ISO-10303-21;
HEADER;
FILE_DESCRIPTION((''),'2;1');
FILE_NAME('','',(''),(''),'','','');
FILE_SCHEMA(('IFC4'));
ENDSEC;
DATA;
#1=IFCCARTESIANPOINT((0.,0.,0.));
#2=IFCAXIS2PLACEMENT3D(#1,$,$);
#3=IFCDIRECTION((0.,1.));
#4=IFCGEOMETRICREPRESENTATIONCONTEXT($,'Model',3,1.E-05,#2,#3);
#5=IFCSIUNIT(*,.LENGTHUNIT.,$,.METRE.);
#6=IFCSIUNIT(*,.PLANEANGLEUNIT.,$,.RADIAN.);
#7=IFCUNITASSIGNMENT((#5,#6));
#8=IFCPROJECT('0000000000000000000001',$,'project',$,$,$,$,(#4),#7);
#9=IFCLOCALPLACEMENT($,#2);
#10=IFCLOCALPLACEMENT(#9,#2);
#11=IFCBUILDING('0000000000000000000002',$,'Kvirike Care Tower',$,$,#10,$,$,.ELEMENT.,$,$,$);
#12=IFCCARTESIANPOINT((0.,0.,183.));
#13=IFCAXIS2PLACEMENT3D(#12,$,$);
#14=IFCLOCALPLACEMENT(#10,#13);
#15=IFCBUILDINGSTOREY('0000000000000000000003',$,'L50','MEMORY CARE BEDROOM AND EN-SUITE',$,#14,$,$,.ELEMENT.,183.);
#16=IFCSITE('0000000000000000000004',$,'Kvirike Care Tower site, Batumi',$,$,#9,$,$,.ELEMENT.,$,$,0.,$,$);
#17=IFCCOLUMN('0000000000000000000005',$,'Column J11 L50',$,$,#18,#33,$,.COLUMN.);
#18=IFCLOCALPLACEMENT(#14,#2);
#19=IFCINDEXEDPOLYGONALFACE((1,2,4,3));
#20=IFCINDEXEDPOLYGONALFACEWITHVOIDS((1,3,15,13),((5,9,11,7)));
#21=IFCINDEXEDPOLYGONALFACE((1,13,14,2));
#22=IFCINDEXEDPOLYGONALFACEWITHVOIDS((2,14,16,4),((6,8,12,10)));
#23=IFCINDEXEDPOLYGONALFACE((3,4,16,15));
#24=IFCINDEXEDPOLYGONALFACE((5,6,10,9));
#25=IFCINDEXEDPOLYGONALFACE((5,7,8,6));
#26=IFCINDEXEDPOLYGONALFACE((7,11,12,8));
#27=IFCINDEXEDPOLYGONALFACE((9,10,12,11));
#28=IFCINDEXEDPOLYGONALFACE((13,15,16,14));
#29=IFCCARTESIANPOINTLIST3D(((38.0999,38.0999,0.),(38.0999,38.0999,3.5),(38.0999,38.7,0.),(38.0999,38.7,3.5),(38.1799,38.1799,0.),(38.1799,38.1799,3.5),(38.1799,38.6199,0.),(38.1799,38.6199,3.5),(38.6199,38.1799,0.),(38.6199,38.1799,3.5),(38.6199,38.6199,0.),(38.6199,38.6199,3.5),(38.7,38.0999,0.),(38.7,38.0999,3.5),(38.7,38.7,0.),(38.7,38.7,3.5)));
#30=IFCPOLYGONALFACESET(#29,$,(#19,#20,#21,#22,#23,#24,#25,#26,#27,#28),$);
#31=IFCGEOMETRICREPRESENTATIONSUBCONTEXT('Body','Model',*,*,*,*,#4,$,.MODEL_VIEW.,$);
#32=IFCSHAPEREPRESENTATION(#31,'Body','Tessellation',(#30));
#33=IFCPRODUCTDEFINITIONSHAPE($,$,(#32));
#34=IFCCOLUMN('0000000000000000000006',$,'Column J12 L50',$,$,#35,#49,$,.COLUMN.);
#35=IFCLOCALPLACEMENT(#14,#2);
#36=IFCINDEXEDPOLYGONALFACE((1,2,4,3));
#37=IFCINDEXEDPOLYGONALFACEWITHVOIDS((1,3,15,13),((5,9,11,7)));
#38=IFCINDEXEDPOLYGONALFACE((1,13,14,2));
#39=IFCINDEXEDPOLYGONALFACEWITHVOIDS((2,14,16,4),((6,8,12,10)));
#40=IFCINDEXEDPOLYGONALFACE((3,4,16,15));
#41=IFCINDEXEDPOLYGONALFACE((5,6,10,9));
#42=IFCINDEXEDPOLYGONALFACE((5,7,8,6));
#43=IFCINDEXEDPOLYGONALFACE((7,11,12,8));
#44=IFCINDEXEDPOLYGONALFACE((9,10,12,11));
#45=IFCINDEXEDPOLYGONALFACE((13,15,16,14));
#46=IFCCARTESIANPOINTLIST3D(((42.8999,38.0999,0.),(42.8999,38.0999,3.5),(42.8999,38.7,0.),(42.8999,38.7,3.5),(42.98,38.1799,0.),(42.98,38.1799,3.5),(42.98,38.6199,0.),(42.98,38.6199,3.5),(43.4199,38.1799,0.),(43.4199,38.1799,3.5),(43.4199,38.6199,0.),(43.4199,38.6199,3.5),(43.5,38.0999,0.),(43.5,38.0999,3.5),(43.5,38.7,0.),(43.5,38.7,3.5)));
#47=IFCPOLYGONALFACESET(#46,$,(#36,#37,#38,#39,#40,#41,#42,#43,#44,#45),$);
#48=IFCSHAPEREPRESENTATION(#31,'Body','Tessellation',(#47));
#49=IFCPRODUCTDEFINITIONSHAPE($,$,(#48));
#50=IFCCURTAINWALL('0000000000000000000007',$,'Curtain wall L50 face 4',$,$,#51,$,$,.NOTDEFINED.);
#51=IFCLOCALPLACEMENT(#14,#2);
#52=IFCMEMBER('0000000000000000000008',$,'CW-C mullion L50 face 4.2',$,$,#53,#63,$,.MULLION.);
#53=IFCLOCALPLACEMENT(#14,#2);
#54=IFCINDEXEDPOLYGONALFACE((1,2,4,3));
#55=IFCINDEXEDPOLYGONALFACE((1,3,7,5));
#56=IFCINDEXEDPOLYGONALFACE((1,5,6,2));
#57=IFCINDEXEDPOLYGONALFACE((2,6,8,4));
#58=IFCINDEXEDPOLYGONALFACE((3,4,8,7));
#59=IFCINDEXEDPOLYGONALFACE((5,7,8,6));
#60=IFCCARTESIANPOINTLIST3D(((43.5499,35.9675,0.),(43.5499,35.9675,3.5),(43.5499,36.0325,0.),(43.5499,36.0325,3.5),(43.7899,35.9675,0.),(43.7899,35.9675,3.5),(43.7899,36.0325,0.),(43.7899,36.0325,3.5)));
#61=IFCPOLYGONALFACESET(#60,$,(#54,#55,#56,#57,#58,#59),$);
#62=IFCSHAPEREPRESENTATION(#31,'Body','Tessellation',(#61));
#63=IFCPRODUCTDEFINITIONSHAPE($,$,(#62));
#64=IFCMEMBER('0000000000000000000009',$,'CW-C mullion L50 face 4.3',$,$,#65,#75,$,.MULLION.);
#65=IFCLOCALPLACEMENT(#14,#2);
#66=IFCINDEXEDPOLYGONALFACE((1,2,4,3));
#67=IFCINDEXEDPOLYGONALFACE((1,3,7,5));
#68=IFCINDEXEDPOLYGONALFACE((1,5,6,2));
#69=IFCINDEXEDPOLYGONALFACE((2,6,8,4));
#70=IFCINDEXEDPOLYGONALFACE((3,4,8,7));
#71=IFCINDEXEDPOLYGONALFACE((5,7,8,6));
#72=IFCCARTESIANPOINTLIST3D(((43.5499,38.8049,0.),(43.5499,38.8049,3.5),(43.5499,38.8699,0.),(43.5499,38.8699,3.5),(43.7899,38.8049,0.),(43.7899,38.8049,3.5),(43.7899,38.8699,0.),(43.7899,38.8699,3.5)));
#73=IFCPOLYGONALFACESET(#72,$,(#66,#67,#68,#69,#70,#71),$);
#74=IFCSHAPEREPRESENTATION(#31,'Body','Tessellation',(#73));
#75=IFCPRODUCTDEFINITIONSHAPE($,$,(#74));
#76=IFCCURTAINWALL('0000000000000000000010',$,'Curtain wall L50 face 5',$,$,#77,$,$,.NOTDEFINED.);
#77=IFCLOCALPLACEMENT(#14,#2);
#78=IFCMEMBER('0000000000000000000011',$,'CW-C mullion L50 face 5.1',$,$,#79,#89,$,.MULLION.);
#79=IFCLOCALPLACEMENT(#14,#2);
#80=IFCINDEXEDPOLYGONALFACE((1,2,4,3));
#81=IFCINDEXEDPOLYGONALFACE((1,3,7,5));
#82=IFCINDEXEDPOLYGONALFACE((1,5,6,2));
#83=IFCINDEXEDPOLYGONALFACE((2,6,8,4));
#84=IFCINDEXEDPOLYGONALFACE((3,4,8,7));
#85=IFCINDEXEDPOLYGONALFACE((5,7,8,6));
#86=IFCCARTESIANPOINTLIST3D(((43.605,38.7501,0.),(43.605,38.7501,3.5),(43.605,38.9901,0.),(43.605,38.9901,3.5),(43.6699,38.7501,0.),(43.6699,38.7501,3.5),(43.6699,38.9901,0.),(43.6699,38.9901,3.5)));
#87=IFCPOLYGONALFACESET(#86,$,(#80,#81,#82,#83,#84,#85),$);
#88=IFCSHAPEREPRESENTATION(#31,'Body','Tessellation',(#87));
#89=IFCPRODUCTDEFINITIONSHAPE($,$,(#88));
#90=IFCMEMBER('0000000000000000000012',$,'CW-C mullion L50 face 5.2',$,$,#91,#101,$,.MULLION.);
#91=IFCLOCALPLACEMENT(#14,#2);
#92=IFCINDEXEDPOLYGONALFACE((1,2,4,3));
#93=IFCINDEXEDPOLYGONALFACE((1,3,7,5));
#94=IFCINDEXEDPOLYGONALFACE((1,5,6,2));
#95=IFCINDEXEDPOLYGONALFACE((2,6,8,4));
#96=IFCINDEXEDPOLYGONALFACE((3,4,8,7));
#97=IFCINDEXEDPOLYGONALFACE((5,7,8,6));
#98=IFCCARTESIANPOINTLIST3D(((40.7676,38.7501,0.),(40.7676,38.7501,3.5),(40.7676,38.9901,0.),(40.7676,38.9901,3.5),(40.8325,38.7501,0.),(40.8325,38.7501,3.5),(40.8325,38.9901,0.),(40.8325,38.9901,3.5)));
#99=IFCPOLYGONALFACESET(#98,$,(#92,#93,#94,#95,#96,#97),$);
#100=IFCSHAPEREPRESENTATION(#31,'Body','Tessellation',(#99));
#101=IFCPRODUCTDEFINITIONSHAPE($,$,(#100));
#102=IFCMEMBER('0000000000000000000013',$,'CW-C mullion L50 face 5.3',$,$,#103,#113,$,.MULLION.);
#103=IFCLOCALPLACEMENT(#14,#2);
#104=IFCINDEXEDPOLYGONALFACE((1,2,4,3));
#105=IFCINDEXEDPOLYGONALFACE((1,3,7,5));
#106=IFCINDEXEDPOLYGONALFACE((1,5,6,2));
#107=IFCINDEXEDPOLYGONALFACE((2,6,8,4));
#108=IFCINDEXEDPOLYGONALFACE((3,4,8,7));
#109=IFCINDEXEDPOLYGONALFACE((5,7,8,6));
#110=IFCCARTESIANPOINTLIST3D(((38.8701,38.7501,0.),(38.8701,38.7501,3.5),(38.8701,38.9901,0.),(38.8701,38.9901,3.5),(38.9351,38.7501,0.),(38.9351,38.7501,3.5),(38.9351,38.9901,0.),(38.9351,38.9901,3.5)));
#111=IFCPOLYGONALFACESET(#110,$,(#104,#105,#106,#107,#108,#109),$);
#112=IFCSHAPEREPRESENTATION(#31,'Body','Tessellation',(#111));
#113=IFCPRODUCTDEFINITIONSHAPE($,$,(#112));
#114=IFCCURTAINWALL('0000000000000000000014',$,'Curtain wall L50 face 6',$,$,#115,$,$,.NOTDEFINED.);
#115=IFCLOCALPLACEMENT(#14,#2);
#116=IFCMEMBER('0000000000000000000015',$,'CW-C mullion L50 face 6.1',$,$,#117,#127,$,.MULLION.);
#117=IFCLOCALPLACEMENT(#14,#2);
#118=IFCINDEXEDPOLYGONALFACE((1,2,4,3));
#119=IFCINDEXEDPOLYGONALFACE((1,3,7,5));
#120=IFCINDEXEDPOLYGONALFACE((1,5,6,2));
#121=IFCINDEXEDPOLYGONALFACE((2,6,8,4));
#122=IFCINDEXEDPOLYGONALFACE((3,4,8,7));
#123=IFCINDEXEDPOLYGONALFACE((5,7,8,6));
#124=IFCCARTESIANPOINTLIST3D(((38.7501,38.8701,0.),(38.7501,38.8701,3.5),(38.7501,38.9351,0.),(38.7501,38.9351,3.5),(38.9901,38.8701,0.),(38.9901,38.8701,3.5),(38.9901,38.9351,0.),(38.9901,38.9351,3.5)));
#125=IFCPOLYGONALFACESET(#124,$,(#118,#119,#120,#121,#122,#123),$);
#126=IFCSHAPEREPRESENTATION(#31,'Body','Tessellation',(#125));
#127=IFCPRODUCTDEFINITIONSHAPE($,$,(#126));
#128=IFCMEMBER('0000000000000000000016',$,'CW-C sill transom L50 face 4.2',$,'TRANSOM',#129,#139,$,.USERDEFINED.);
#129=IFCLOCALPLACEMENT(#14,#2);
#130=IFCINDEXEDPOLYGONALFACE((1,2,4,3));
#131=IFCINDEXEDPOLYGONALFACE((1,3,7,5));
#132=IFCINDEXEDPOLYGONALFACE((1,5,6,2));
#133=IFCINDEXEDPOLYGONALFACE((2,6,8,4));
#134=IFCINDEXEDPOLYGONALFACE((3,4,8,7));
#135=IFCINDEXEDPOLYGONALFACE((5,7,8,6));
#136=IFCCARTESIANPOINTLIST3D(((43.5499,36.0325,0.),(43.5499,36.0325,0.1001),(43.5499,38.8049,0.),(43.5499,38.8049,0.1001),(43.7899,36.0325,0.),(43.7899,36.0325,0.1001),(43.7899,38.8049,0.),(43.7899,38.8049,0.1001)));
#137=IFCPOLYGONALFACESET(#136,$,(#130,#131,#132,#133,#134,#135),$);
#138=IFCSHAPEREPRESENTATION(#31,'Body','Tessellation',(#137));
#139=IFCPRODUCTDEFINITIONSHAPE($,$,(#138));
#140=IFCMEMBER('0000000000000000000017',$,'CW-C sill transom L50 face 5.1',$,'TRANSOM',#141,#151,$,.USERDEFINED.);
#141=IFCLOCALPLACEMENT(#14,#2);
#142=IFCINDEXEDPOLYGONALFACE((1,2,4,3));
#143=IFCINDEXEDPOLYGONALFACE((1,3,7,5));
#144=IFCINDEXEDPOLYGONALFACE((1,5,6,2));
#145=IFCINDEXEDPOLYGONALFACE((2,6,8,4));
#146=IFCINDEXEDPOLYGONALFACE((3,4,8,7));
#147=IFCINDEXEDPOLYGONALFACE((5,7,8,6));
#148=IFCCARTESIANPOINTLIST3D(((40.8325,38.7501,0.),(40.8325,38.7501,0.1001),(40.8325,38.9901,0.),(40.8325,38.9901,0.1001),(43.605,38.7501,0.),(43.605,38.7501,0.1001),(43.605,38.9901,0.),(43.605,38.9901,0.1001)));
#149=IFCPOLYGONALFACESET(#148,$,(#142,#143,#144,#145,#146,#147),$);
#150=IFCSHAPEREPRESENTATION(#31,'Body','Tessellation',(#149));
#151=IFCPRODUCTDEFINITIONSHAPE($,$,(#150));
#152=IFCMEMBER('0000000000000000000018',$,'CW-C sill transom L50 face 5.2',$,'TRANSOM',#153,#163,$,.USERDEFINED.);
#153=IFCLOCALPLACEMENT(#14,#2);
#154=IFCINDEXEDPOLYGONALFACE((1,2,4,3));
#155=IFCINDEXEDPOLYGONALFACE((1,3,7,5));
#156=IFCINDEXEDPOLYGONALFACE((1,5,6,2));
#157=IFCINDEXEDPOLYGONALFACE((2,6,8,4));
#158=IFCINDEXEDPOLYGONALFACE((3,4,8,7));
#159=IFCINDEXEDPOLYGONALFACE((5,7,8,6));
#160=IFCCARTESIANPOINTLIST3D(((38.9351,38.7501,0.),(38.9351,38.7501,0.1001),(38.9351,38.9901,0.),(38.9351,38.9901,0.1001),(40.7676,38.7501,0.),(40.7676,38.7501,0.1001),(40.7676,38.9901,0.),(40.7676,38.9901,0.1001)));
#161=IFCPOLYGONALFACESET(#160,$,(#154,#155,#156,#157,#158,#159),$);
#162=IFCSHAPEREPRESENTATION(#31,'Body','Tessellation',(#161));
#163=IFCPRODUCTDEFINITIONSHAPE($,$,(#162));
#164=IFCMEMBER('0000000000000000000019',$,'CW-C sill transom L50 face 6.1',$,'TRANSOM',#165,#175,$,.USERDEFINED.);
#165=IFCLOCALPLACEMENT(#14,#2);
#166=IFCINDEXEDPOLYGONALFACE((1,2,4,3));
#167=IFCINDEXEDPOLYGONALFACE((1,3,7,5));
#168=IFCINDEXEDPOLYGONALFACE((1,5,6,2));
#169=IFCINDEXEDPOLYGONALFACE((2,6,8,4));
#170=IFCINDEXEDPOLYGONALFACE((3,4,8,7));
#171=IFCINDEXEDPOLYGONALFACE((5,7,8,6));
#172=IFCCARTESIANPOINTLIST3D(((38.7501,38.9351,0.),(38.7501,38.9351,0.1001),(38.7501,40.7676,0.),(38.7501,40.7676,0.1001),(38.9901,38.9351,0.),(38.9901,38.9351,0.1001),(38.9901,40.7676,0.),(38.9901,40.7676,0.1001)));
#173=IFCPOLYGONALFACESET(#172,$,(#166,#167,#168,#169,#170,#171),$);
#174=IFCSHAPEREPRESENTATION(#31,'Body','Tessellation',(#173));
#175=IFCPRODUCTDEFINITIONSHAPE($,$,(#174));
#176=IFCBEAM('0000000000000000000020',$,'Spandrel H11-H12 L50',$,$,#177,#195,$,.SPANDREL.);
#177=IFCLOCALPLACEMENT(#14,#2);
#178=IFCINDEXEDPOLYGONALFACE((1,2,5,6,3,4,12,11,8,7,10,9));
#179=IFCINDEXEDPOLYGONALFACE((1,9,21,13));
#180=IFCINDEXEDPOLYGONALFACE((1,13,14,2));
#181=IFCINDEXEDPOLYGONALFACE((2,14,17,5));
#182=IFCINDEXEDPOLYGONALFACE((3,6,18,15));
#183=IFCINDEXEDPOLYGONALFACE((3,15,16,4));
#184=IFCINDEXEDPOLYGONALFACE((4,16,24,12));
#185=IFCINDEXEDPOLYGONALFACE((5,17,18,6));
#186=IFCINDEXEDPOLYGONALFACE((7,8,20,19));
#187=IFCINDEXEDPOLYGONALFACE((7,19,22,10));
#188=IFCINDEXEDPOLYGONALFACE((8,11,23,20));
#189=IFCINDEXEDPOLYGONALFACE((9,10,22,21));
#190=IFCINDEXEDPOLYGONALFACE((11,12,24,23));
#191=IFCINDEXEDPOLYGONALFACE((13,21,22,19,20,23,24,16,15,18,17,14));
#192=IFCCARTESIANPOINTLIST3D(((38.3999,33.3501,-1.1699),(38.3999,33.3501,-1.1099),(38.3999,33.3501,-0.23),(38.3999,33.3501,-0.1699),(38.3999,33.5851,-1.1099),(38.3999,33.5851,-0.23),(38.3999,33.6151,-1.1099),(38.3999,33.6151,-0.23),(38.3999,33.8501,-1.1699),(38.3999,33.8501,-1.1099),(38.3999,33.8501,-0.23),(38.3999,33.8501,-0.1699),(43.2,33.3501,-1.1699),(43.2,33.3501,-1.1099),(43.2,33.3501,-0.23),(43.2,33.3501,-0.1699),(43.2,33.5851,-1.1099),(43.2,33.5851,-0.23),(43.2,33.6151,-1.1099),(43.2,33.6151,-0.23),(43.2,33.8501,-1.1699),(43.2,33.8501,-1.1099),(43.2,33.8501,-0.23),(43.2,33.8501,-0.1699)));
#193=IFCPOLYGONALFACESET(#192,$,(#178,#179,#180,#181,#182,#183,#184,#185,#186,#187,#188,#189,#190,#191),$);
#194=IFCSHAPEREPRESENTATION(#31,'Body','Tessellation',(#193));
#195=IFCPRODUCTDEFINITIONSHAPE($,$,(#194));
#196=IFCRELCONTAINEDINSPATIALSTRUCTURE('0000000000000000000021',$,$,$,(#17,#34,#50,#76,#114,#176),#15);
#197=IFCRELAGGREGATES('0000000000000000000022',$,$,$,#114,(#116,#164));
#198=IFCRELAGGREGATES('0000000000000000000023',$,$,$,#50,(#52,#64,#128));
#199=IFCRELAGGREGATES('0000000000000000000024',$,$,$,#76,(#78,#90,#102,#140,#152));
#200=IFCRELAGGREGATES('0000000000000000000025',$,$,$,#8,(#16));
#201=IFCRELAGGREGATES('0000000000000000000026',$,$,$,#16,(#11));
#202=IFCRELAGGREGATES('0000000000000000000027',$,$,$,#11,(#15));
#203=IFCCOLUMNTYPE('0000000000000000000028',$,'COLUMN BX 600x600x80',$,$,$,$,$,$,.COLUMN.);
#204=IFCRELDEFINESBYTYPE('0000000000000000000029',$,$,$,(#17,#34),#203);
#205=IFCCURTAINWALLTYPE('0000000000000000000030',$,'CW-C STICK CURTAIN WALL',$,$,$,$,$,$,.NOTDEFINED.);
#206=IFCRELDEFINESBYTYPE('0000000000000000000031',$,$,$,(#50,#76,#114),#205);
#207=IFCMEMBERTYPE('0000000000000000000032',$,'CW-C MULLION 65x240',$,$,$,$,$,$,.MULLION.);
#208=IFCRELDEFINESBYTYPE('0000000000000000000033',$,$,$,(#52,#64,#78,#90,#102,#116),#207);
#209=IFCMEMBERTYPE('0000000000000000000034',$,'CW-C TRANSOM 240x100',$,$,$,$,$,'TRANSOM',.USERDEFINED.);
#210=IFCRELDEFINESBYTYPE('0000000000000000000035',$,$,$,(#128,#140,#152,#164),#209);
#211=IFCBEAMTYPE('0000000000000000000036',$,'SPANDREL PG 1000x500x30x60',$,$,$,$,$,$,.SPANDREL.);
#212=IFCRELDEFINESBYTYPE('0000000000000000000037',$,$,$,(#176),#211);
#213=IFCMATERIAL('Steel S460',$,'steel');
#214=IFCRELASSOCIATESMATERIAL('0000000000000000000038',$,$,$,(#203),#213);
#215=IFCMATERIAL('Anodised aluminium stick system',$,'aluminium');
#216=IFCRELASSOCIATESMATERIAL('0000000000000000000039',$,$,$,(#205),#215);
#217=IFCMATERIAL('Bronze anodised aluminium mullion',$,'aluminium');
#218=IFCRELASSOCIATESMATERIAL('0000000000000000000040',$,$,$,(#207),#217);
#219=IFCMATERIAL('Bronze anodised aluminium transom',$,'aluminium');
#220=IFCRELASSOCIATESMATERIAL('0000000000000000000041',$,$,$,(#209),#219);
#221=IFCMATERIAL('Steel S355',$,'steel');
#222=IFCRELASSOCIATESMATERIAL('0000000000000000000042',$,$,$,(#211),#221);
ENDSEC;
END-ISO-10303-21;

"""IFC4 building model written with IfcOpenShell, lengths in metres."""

from ifc_helpers import new_model, si_unit, direction, frame, origin, origin_2d, place, context, subcontext, project, spatial, rectangle, hollow_rectangle, i_section, extrude, material, material_profile, profile_set, type_object, element, aggregate, save


model = new_model("IFC4")

# Units and contexts
model_context = context("Model", 3, precision=1e-05, world=origin(), true_north=direction((0.0, 1.0)))
body_context = subcontext(model_context, "Body", "Model", "MODEL_VIEW")
ifc_project = project(units=[si_unit("LENGTHUNIT", "METRE"), si_unit("PLANEANGLEUNIT", "RADIAN")], contexts=[model_context])

# Site, building, storey
site_placement = place(None, origin())
site = spatial("IfcSite", under=ifc_project, at=site_placement, Name="Kvirike Care Tower site, Batumi", CompositionType="ELEMENT", RefElevation=0.0)
building_placement = place(site_placement, origin())
building = spatial("IfcBuilding", under=site, at=building_placement, Name="Kvirike Care Tower", CompositionType="ELEMENT")
storey_placement = place(building_placement, frame((0.0, 0.0, 183.0)))
storey = spatial("IfcBuildingStorey", under=building, at=storey_placement, Name="L50", Description="MEMORY CARE BEDROOM AND EN-SUITE", CompositionType="ELEMENT", Elevation=183.0)

# Columns
ifc_material_1 = material(Name="Steel S460", Category="steel")
ifc_material_profile_1 = material_profile(ifc_material_1, hollow_rectangle(XDim=0.6001, YDim=0.6001, WallThickness=0.0801, at=origin_2d()), Name="BX 600x600x80")
ifc_profile_set_1 = profile_set([ifc_material_profile_1], Name="Steel S460")
column_type = type_object("IfcColumnType", Name="COLUMN BX 600x600x80", PredefinedType="COLUMN", material=ifc_profile_set_1)
for number, where, z_axis, x_axis, name in (
    (1, (38.3999, 38.3999, 0.0), (0.0, 0.0, 1.0), (0.0, 1.0, 0.0), "Column J11 L50"),
    (2, (43.2, 38.3999, 0.0), (0.0, 0.0, 1.0), (0.0, 1.0, 0.0), "Column J12 L50"),
):
    element("IfcColumn", number, at=place(storey_placement, frame(where, z_axis=z_axis, x_axis=x_axis)), inside=storey, type_object=column_type, Name=name, PredefinedType="COLUMN", context=body_context, shape_type="SweptSolid", body=[
        extrude(hollow_rectangle(XDim=0.6001, YDim=0.6001, WallThickness=0.0801, at=origin_2d()), origin(), (0.0, 0.0, 1.0), 3.5),
    ])

# Curtain walls, members
ifc_material_2 = material(Name="Anodised aluminium stick system", Category="aluminium")
curtain_wall_type = type_object("IfcCurtainWallType", Name="CW-C STICK CURTAIN WALL", PredefinedType="NOTDEFINED", material=ifc_material_2)
curtain_wall_1_placement = place(storey_placement, origin())
curtain_wall_1 = element("IfcCurtainWall", 3, at=curtain_wall_1_placement, inside=storey, type_object=curtain_wall_type, Name="Curtain wall L50 face 4", PredefinedType="NOTDEFINED")
ifc_material_3 = material(Name="Bronze anodised aluminium mullion", Category="aluminium")
ifc_material_profile_2 = material_profile(ifc_material_3, rectangle(XDim=0.0649, YDim=0.24, at=origin_2d()), Name="CW-C MULLION 65x240")
ifc_profile_set_2 = profile_set([ifc_material_profile_2], Name="Bronze anodised aluminium mullion")
member_type_1 = type_object("IfcMemberType", Name="CW-C MULLION 65x240", PredefinedType="MULLION", material=ifc_profile_set_2)
member_1_placement = place(storey_placement, frame((43.6699, 36.0, 0.0), z_axis=(0.0, 0.0, 1.0), x_axis=(0.0, 1.0, 0.0)))
member_1 = element("IfcMember", 4, at=member_1_placement, type_object=member_type_1, Name="CW-C mullion L50 face 4.2", PredefinedType="MULLION", context=body_context, shape_type="SweptSolid", body=[
    extrude(rectangle(XDim=0.0649, YDim=0.24, at=origin_2d()), origin(), (0.0, 0.0, 1.0), 3.5),
])
member_2_placement = place(storey_placement, frame((43.6699, 38.8374, 0.0), z_axis=(0.0, 0.0, 1.0), x_axis=(0.0, 1.0, 0.0)))
member_2 = element("IfcMember", 5, at=member_2_placement, type_object=member_type_1, Name="CW-C mullion L50 face 4.3", PredefinedType="MULLION", context=body_context, shape_type="SweptSolid", body=[
    extrude(rectangle(XDim=0.0649, YDim=0.24, at=origin_2d()), origin(), (0.0, 0.0, 1.0), 3.5),
])
curtain_wall_2_placement = place(storey_placement, origin())
curtain_wall_2 = element("IfcCurtainWall", 6, at=curtain_wall_2_placement, inside=storey, type_object=curtain_wall_type, Name="Curtain wall L50 face 5", PredefinedType="NOTDEFINED")
member_3_placement = place(storey_placement, frame((43.6375, 38.8701, 0.0), z_axis=(0.0, 0.0, 1.0), x_axis=(-1.0, 0.0, 0.0)))
member_3 = element("IfcMember", 7, at=member_3_placement, type_object=member_type_1, Name="CW-C mullion L50 face 5.1", PredefinedType="MULLION", context=body_context, shape_type="SweptSolid", body=[
    extrude(rectangle(XDim=0.0649, YDim=0.24, at=origin_2d()), origin(), (0.0, 0.0, 1.0), 3.5),
])
member_4_placement = place(storey_placement, frame((40.8, 38.8701, 0.0), z_axis=(0.0, 0.0, 1.0), x_axis=(-1.0, 0.0, 0.0)))
member_4 = element("IfcMember", 8, at=member_4_placement, type_object=member_type_1, Name="CW-C mullion L50 face 5.2", PredefinedType="MULLION", context=body_context, shape_type="SweptSolid", body=[
    extrude(rectangle(XDim=0.0649, YDim=0.24, at=origin_2d()), origin(), (0.0, 0.0, 1.0), 3.5),
])
member_5_placement = place(storey_placement, frame((38.9026, 38.8701, 0.0), z_axis=(0.0, 0.0, 1.0), x_axis=(-1.0, 0.0, 0.0)))
member_5 = element("IfcMember", 9, at=member_5_placement, type_object=member_type_1, Name="CW-C mullion L50 face 5.3", PredefinedType="MULLION", context=body_context, shape_type="SweptSolid", body=[
    extrude(rectangle(XDim=0.0649, YDim=0.24, at=origin_2d()), origin(), (0.0, 0.0, 1.0), 3.5),
])

# Curtain wall, member
curtain_wall_3_placement = place(storey_placement, origin())
curtain_wall_3 = element("IfcCurtainWall", 10, at=curtain_wall_3_placement, inside=storey, type_object=curtain_wall_type, Name="Curtain wall L50 face 6", PredefinedType="NOTDEFINED")
member_6_placement = place(storey_placement, frame((38.8701, 38.9026, 0.0), z_axis=(0.0, 0.0, 1.0), x_axis=(0.0, 1.0, 0.0)))
member_6 = element("IfcMember", 11, at=member_6_placement, type_object=member_type_1, Name="CW-C mullion L50 face 6.1", PredefinedType="MULLION", context=body_context, shape_type="SweptSolid", body=[
    extrude(rectangle(XDim=0.0649, YDim=0.24, at=origin_2d()), origin(), (0.0, 0.0, 1.0), 3.5),
])

# Members
ifc_material_4 = material(Name="Bronze anodised aluminium transom", Category="aluminium")
ifc_material_profile_3 = material_profile(ifc_material_4, rectangle(XDim=0.24, YDim=0.1001, at=origin_2d()), Name="CW-C TRANSOM 240x100")
ifc_profile_set_3 = profile_set([ifc_material_profile_3], Name="Bronze anodised aluminium transom")
member_type_2 = type_object("IfcMemberType", Name="CW-C TRANSOM 240x100", ElementType="TRANSOM", PredefinedType="USERDEFINED", material=ifc_profile_set_3)
member_7_placement = place(storey_placement, frame((43.6699, 36.0325, 0.05), z_axis=(0.0, 1.0, 0.0), x_axis=(-1.0, 0.0, 0.0)))
member_7 = element("IfcMember", 12, at=member_7_placement, type_object=member_type_2, Name="CW-C sill transom L50 face 4.2", ObjectType="TRANSOM", PredefinedType="USERDEFINED", context=body_context, shape_type="SweptSolid", body=[
    extrude(rectangle(XDim=0.24, YDim=0.1001, at=origin_2d()), origin(), (0.0, 0.0, 1.0), 2.7725),
])
member_8_placement = place(storey_placement, frame((43.605, 38.8701, 0.05), z_axis=(-1.0, 0.0, 0.0), x_axis=(0.0, -1.0, 0.0)))
member_8 = element("IfcMember", 13, at=member_8_placement, type_object=member_type_2, Name="CW-C sill transom L50 face 5.1", ObjectType="TRANSOM", PredefinedType="USERDEFINED", context=body_context, shape_type="SweptSolid", body=[
    extrude(rectangle(XDim=0.24, YDim=0.1001, at=origin_2d()), origin(), (0.0, 0.0, 1.0), 2.7725),
])
member_9_placement = place(storey_placement, frame((40.7676, 38.8701, 0.05), z_axis=(-1.0, 0.0, 0.0), x_axis=(0.0, -1.0, 0.0)))
member_9 = element("IfcMember", 14, at=member_9_placement, type_object=member_type_2, Name="CW-C sill transom L50 face 5.2", ObjectType="TRANSOM", PredefinedType="USERDEFINED", context=body_context, shape_type="SweptSolid", body=[
    extrude(rectangle(XDim=0.24, YDim=0.1001, at=origin_2d()), origin(), (0.0, 0.0, 1.0), 1.8325),
])
member_10_placement = place(storey_placement, frame((38.8701, 38.9351, 0.05), z_axis=(0.0, 1.0, 0.0), x_axis=(-1.0, 0.0, 0.0)))
member_10 = element("IfcMember", 15, at=member_10_placement, type_object=member_type_2, Name="CW-C sill transom L50 face 6.1", ObjectType="TRANSOM", PredefinedType="USERDEFINED", context=body_context, shape_type="SweptSolid", body=[
    extrude(rectangle(XDim=0.24, YDim=0.1001, at=origin_2d()), origin(), (0.0, 0.0, 1.0), 1.8325),
])
aggregate(curtain_wall_3, [member_6, member_10])

# Beam
ifc_material_5 = material(Name="Steel S355", Category="steel")
ifc_material_profile_4 = material_profile(ifc_material_5, i_section(OverallWidth=0.5, OverallDepth=1.0, WebThickness=0.03, FlangeThickness=0.0601, at=origin_2d()), Name="PG 1000x500x30x60")
ifc_profile_set_4 = profile_set([ifc_material_profile_4], Name="Steel S355")
beam_type = type_object("IfcBeamType", Name="SPANDREL PG 1000x500x30x60", PredefinedType="SPANDREL", material=ifc_profile_set_4)
for number, where, z_axis, x_axis, name in (
    (16, (38.3999, 33.6001, -0.6699), (1.0, 0.0, 0.0), (0.0, 1.0, 0.0), "Spandrel H11-H12 L50"),
):
    element("IfcBeam", number, at=place(storey_placement, frame(where, z_axis=z_axis, x_axis=x_axis)), inside=storey, type_object=beam_type, Name=name, PredefinedType="SPANDREL", context=body_context, shape_type="SweptSolid", body=[
        extrude(i_section(OverallWidth=0.5, OverallDepth=1.0, WebThickness=0.03, FlangeThickness=0.0601, at=origin_2d()), origin(), (0.0, 0.0, 1.0), 4.8),
    ])

aggregate(curtain_wall_1, [member_1, member_2, member_7])
aggregate(curtain_wall_2, [member_3, member_4, member_5, member_8, member_9])

save(model, "model.ifc")
